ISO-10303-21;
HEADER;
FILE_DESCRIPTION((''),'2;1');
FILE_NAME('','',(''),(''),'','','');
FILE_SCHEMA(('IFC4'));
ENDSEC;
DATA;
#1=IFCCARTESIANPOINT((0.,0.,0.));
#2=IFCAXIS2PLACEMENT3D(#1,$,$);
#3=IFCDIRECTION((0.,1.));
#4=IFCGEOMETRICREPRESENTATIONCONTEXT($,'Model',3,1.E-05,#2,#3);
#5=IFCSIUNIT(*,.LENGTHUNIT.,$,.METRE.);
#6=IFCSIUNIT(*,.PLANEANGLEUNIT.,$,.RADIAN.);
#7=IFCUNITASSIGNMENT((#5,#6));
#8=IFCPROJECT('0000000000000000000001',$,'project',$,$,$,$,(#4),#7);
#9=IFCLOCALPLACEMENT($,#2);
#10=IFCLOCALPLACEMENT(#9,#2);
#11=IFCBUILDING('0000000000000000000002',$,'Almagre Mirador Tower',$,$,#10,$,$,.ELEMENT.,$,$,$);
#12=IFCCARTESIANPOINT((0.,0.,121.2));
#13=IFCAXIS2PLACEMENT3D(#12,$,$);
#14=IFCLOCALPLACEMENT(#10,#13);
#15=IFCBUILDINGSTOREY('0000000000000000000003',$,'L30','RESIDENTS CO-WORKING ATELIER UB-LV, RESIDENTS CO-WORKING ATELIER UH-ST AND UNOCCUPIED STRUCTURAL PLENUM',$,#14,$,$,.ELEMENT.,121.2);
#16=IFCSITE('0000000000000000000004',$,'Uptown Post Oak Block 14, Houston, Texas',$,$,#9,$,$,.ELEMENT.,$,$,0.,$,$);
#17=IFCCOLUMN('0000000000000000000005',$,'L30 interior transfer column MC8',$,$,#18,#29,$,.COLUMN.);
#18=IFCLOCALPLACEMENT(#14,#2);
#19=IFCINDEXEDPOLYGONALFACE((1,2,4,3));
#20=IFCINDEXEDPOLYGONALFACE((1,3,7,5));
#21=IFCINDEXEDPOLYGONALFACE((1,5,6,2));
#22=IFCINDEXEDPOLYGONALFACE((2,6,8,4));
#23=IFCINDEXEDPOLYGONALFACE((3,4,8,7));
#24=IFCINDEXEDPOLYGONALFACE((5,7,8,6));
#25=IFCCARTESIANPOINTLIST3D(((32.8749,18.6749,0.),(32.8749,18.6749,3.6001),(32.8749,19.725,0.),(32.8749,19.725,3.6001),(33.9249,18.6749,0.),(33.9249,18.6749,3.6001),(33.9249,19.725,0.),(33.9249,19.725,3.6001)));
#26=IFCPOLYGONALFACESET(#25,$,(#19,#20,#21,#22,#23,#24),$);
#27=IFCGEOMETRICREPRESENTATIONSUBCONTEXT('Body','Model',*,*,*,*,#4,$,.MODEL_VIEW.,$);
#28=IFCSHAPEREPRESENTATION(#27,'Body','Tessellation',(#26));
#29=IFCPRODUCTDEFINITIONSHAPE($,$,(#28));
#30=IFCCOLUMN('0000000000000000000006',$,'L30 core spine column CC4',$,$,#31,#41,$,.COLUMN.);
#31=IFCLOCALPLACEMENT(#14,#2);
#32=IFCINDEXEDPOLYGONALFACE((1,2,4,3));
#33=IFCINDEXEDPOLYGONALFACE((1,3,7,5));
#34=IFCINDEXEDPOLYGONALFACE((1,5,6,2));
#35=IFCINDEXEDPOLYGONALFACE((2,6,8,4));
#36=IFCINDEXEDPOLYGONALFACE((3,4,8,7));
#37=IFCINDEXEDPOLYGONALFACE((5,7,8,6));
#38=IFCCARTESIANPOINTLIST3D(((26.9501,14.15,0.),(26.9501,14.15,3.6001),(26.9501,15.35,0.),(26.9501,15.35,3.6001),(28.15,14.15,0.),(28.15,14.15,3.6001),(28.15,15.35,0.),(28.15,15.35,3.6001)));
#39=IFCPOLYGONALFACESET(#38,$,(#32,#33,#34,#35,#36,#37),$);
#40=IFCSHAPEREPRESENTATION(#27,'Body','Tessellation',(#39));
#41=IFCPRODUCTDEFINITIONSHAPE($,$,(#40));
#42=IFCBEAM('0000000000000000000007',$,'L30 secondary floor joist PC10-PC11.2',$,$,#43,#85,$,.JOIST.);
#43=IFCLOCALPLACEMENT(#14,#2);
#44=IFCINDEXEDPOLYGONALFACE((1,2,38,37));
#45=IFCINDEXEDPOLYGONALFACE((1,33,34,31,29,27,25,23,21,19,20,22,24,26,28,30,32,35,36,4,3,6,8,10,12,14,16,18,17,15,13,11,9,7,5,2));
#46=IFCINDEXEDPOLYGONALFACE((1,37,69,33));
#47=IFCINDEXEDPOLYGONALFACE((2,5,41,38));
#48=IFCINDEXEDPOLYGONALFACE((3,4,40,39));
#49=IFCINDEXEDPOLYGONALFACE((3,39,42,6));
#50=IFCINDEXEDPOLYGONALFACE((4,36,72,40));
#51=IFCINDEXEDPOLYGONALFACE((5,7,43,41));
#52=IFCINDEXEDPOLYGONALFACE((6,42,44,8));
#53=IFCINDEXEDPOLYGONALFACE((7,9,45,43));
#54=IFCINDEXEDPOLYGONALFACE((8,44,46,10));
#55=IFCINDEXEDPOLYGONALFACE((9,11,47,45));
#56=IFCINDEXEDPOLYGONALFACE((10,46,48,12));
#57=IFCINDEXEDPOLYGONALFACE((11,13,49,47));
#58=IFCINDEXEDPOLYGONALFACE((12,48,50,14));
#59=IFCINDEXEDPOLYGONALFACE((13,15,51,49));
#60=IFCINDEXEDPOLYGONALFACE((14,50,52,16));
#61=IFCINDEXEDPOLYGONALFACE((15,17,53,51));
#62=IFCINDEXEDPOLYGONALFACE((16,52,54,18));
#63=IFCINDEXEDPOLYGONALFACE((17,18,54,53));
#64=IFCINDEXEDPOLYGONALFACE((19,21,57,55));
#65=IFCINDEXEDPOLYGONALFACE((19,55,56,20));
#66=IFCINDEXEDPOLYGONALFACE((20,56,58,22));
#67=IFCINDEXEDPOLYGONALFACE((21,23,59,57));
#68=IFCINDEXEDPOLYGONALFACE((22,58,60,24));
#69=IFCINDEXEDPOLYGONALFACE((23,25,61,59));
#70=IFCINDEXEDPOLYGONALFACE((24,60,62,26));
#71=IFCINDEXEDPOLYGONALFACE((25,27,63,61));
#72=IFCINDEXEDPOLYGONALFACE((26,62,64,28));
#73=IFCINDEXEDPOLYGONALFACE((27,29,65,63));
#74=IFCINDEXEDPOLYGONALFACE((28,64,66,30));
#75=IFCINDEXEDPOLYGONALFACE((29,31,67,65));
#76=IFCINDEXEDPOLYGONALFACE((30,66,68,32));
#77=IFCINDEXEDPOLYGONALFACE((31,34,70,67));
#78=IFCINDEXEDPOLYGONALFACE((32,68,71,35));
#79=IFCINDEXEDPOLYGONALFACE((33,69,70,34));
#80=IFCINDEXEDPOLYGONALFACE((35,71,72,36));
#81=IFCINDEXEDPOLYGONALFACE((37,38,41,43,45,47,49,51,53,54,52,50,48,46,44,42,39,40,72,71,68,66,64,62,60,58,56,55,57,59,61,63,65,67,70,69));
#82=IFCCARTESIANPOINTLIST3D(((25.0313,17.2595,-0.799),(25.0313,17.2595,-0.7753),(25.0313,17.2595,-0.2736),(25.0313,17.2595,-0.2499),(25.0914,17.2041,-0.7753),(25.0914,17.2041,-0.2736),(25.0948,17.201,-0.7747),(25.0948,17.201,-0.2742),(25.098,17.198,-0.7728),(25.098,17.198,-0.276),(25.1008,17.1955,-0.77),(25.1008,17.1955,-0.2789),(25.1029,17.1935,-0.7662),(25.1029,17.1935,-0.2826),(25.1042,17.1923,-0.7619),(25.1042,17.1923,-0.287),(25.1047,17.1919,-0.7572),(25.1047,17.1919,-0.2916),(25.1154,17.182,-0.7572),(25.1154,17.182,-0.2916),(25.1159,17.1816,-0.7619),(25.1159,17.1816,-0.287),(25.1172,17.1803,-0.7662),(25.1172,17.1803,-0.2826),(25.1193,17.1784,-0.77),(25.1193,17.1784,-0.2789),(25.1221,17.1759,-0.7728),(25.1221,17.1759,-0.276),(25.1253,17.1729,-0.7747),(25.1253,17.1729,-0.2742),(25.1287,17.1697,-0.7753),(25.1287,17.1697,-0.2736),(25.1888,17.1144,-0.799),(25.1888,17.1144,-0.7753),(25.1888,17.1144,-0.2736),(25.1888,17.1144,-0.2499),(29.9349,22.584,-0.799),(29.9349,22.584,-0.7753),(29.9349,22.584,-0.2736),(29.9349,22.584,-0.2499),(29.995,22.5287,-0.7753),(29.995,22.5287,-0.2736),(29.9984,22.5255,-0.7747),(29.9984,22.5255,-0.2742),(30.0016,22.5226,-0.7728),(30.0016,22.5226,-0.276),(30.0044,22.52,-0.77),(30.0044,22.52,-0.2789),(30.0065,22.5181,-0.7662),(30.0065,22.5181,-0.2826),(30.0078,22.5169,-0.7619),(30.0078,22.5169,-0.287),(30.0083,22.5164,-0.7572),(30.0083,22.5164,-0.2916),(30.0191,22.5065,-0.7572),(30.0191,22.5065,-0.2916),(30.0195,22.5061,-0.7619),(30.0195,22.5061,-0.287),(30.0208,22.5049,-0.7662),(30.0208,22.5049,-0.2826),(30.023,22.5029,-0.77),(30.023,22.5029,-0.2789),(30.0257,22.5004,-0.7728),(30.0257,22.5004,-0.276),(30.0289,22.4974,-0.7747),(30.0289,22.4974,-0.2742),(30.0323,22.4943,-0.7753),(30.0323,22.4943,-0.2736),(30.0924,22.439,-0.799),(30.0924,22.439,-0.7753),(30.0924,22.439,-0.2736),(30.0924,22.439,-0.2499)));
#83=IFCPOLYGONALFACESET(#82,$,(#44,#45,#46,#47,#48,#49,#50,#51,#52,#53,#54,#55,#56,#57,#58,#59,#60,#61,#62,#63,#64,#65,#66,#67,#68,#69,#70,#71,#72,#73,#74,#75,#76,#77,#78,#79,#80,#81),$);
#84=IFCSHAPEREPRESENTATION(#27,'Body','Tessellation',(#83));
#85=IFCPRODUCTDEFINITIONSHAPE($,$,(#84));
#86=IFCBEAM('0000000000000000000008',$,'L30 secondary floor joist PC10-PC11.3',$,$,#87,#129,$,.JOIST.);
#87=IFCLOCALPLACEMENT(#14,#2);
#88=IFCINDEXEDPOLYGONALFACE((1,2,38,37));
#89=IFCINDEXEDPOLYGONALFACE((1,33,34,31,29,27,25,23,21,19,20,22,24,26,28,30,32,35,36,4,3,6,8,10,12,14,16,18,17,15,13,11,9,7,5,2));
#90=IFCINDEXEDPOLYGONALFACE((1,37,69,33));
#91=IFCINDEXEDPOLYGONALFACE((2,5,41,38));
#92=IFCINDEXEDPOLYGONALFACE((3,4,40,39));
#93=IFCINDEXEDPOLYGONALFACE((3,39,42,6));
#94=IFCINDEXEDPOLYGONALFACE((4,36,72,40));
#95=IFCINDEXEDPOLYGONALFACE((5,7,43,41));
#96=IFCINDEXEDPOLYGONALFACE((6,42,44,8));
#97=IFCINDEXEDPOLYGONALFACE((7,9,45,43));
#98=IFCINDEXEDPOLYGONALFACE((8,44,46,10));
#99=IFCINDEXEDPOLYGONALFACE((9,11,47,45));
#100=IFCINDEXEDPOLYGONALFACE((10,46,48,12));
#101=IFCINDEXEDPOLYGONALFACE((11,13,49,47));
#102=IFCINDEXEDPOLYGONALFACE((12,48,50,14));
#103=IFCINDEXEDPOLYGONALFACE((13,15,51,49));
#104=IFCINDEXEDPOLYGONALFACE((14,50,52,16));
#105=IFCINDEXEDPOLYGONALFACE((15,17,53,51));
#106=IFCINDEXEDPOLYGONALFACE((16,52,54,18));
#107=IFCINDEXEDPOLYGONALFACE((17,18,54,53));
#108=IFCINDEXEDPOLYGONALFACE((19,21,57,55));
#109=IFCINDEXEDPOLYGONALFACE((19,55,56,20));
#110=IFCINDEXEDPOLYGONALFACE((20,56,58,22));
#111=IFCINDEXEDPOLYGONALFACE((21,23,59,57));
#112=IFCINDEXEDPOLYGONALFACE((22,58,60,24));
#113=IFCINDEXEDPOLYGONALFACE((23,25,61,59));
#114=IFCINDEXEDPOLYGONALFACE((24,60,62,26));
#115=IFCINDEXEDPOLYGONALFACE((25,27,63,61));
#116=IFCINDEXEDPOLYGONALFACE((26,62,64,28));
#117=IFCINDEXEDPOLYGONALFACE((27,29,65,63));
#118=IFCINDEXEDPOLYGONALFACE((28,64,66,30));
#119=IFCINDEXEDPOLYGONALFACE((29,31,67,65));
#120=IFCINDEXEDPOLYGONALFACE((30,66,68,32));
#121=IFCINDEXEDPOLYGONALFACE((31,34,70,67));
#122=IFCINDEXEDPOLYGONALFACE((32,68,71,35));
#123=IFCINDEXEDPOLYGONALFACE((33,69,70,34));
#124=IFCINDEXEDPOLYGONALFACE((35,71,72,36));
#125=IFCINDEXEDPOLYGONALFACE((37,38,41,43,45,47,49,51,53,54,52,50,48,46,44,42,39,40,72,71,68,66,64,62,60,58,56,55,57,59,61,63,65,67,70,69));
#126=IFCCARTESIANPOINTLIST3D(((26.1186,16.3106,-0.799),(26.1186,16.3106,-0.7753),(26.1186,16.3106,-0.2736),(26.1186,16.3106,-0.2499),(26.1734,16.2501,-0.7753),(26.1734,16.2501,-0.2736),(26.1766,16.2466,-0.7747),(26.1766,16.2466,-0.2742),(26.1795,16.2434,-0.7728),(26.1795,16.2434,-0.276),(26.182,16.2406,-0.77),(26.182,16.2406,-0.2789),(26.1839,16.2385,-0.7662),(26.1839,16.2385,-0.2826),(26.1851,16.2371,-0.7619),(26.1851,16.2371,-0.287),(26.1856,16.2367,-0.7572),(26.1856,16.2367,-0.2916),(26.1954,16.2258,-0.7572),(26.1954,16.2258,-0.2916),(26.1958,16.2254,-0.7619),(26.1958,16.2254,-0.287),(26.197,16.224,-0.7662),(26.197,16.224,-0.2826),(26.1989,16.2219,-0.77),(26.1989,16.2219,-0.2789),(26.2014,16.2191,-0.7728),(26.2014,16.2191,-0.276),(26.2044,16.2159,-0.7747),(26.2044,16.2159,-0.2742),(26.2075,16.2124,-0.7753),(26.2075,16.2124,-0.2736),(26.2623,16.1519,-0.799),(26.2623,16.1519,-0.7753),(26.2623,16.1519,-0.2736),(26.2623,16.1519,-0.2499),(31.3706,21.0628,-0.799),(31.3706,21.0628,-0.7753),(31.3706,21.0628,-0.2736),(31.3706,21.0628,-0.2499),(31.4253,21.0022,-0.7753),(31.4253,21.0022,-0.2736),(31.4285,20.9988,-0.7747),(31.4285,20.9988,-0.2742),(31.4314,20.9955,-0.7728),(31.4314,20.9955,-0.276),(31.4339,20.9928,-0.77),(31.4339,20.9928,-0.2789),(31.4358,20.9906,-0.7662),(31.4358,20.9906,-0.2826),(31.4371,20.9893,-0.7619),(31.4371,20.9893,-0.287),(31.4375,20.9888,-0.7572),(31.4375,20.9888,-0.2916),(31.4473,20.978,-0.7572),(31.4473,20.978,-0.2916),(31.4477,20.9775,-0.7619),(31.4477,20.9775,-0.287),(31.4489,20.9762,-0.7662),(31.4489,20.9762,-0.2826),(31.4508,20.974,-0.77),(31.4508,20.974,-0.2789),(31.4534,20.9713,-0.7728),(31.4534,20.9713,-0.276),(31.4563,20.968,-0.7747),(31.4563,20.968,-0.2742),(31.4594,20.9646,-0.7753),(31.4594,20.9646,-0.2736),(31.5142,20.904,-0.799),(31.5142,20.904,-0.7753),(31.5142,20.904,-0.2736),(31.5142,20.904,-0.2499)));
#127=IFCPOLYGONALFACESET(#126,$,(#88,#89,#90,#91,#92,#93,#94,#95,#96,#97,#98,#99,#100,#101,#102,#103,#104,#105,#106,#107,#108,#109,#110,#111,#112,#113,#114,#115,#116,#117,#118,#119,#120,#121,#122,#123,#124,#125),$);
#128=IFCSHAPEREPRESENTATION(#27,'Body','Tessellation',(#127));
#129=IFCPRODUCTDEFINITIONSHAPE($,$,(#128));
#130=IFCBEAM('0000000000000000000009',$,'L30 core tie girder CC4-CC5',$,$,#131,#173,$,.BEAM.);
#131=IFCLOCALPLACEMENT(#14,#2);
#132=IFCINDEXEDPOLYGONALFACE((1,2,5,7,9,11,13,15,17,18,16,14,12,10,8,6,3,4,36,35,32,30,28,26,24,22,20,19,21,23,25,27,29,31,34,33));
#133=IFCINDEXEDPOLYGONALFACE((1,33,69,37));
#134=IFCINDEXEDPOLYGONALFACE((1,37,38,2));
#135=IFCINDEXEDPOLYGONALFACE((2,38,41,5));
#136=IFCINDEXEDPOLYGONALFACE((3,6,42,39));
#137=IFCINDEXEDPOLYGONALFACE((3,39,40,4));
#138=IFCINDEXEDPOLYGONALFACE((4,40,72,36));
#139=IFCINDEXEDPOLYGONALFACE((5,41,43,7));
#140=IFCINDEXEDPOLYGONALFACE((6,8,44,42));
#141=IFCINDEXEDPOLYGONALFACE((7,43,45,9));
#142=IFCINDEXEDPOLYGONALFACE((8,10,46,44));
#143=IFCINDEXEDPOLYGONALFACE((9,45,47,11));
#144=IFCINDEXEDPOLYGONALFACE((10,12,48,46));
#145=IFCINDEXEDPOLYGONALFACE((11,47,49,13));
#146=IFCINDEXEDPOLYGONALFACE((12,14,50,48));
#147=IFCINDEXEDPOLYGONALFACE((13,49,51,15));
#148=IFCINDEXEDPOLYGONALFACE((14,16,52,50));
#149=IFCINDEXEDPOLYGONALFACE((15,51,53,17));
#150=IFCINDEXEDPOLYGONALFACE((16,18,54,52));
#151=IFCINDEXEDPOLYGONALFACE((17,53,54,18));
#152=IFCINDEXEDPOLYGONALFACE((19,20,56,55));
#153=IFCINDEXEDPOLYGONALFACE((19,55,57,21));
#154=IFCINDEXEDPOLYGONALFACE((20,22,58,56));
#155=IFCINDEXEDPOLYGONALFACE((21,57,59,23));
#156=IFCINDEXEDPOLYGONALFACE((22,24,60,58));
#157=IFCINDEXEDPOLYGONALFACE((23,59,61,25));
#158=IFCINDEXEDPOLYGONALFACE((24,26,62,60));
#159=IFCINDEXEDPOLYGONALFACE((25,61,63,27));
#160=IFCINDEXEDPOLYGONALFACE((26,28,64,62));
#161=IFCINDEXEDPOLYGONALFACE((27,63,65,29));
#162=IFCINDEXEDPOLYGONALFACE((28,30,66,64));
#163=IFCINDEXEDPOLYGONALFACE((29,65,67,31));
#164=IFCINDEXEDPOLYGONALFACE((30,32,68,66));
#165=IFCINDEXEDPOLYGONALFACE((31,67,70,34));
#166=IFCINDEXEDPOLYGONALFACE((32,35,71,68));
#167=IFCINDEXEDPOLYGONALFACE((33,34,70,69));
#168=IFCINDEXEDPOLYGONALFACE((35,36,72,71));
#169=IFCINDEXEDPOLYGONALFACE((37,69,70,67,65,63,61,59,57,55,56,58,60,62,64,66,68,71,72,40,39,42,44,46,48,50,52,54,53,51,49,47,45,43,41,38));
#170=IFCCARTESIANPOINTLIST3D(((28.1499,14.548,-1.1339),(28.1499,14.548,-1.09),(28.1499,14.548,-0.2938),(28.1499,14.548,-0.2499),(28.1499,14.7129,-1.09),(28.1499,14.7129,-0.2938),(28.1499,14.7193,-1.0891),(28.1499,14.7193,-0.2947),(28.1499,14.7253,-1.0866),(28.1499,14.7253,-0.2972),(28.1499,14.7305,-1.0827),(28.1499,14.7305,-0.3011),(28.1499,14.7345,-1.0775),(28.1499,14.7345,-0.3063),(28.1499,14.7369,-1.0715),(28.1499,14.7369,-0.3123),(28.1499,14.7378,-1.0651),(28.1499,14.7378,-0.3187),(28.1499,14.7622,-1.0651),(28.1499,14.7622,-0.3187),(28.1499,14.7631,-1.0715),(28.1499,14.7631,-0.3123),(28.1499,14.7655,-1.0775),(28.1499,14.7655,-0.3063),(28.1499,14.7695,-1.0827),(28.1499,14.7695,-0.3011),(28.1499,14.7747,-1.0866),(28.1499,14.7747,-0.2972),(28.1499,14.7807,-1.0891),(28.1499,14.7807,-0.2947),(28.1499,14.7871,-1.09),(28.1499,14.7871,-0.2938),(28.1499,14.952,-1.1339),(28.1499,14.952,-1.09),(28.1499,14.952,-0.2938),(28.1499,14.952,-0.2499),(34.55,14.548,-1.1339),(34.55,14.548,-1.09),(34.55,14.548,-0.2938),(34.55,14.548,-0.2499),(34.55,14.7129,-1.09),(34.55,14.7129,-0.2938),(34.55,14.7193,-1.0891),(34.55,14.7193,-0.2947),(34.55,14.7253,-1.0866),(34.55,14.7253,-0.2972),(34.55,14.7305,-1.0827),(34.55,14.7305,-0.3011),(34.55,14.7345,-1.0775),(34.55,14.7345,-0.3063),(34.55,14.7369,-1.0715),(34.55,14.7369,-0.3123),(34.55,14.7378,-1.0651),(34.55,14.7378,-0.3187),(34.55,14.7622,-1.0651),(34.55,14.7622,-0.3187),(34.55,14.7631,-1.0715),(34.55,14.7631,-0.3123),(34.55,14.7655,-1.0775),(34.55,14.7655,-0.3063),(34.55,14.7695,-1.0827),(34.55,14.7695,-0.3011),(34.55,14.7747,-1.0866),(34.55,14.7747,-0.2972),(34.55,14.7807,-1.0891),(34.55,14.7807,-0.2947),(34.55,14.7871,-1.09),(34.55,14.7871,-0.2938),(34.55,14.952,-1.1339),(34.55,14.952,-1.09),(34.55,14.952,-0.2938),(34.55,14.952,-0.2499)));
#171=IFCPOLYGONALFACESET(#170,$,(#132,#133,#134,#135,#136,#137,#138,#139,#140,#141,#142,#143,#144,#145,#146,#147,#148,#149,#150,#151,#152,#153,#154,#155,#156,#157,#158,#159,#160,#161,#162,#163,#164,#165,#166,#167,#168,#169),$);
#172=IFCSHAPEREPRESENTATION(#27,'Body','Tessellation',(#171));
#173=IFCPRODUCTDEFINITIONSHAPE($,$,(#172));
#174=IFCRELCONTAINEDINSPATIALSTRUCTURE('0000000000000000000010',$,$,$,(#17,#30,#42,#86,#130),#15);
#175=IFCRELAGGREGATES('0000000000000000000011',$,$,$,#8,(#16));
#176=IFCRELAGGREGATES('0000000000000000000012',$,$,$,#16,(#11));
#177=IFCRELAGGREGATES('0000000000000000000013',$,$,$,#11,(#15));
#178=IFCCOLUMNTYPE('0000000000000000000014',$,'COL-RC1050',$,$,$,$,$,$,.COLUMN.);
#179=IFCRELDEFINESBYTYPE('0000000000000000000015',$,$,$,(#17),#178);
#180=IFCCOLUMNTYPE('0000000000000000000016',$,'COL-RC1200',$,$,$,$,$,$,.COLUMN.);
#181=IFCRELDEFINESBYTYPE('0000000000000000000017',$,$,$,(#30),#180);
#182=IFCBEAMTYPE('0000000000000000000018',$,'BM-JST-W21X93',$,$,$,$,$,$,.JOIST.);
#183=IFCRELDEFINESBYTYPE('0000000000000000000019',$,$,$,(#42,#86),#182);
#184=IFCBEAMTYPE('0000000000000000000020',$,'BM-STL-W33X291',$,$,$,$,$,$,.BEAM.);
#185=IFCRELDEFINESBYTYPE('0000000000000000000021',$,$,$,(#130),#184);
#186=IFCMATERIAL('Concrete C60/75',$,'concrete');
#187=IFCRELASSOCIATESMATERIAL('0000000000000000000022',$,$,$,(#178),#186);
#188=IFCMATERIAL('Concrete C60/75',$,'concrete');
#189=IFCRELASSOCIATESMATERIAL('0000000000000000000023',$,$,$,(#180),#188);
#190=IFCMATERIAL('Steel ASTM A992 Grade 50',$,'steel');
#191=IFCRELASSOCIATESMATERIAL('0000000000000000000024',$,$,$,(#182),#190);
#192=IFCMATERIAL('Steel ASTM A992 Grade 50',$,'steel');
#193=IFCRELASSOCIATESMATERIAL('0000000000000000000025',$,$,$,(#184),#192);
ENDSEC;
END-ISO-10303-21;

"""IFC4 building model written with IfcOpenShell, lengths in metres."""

from ifc_helpers import new_model, si_unit, direction, frame, origin, origin_2d, place, context, subcontext, project, spatial, rectangle, i_section, extrude, material, material_profile, profile_set, type_object, element, save


model = new_model("IFC4")

# Units and contexts
model_context = context("Model", 3, precision=1e-05, world=origin(), true_north=direction((0.0, 1.0)))
body_context = subcontext(model_context, "Body", "Model", "MODEL_VIEW")
ifc_project = project(units=[si_unit("LENGTHUNIT", "METRE"), si_unit("PLANEANGLEUNIT", "RADIAN")], contexts=[model_context])

# Site, building, storey
site_placement = place(None, origin())
site = spatial("IfcSite", under=ifc_project, at=site_placement, Name="Uptown Post Oak Block 14, Houston, Texas", CompositionType="ELEMENT", RefElevation=0.0)
building_placement = place(site_placement, origin())
building = spatial("IfcBuilding", under=site, at=building_placement, Name="Almagre Mirador Tower", CompositionType="ELEMENT")
storey_placement = place(building_placement, frame((0.0, 0.0, 121.2)))
storey = spatial("IfcBuildingStorey", under=building, at=storey_placement, Name="L30", Description="RESIDENTS CO-WORKING ATELIER UB-LV, RESIDENTS CO-WORKING ATELIER UH-ST AND UNOCCUPIED STRUCTURAL PLENUM", CompositionType="ELEMENT", Elevation=121.2)

# Columns
ifc_material_1 = material(Name="Concrete C60/75", Category="concrete")
ifc_material_profile_1 = material_profile(ifc_material_1, rectangle(XDim=1.05, YDim=1.05, at=origin_2d()), Name="RC1050X1050")
ifc_profile_set_1 = profile_set([ifc_material_profile_1], Name="Concrete C60/75")
column_type_1 = type_object("IfcColumnType", Name="COL-RC1050", PredefinedType="COLUMN", material=ifc_profile_set_1)
column_1_placement = place(storey_placement, frame((33.3999, 19.2, 0.0), z_axis=(0.0, 0.0, 1.0), x_axis=(1.0, 0.0, 0.0)))
element("IfcColumn", 1, at=column_1_placement, inside=storey, type_object=column_type_1, Name="L30 interior transfer column MC8", PredefinedType="COLUMN", context=body_context, shape_type="SweptSolid", body=[
    extrude(rectangle(XDim=1.05, YDim=1.05, at=origin_2d()), origin(), (0.0, 0.0, 1.0), 3.6001),
])
ifc_material_2 = material(Name="Concrete C60/75", Category="concrete")
ifc_material_profile_2 = material_profile(ifc_material_2, rectangle(XDim=1.2, YDim=1.2, at=origin_2d()), Name="RC1200X1200")
ifc_profile_set_2 = profile_set([ifc_material_profile_2], Name="Concrete C60/75")
column_type_2 = type_object("IfcColumnType", Name="COL-RC1200", PredefinedType="COLUMN", material=ifc_profile_set_2)
column_2_placement = place(storey_placement, frame((27.55, 14.75, 0.0), z_axis=(0.0, 0.0, 1.0), x_axis=(1.0, 0.0, 0.0)))
element("IfcColumn", 2, at=column_2_placement, inside=storey, type_object=column_type_2, Name="L30 core spine column CC4", PredefinedType="COLUMN", context=body_context, shape_type="SweptSolid", body=[
    extrude(rectangle(XDim=1.2, YDim=1.2, at=origin_2d()), origin(), (0.0, 0.0, 1.0), 3.6001),
])

# Beams
ifc_material_3 = material(Name="Steel ASTM A992 Grade 50", Category="steel")
ifc_material_profile_3 = material_profile(ifc_material_3, i_section(OverallWidth=0.2141, OverallDepth=0.5491, WebThickness=0.0146, FlangeThickness=0.0237, FilletRadius=0.0181, at=origin_2d()), Name="W21X93")
ifc_profile_set_3 = profile_set([ifc_material_profile_3], Name="Steel ASTM A992 Grade 50")
beam_type_1 = type_object("IfcBeamType", Name="BM-JST-W21X93", PredefinedType="JOIST", material=ifc_profile_set_3)
beam_1_placement = place(storey_placement, frame((30.0137, 22.5115, -0.5244), z_axis=(-0.677435, -0.735583, 0.0), x_axis=(0.735583, -0.677435, 0.0)))
element("IfcBeam", 3, at=beam_1_placement, inside=storey, type_object=beam_type_1, Name="L30 secondary floor joist PC10-PC11.2", PredefinedType="JOIST", context=body_context, shape_type="SweptSolid", body=[
    extrude(i_section(OverallWidth=0.2141, OverallDepth=0.5491, WebThickness=0.0146, FlangeThickness=0.0237, FilletRadius=0.0181, at=origin_2d()), origin(), (0.0, 0.0, 1.0), 7.2385),
])
beam_2_placement = place(storey_placement, frame((31.4424, 20.9834, -0.5244), z_axis=(-0.741506, -0.670947, 0.0), x_axis=(0.670947, -0.741506, 0.0)))
element("IfcBeam", 4, at=beam_2_placement, inside=storey, type_object=beam_type_1, Name="L30 secondary floor joist PC10-PC11.3", PredefinedType="JOIST", context=body_context, shape_type="SweptSolid", body=[
    extrude(i_section(OverallWidth=0.2141, OverallDepth=0.5491, WebThickness=0.0146, FlangeThickness=0.0237, FilletRadius=0.0181, at=origin_2d()), origin(), (0.0, 0.0, 1.0), 7.0828),
])
ifc_material_4 = material(Name="Steel ASTM A992 Grade 50", Category="steel")
ifc_material_profile_4 = material_profile(ifc_material_4, i_section(OverallWidth=0.4041, OverallDepth=0.884, WebThickness=0.0244, FlangeThickness=0.0439, FilletRadius=0.0249, at=origin_2d()), Name="W33X291")
ifc_profile_set_4 = profile_set([ifc_material_profile_4], Name="Steel ASTM A992 Grade 50")
beam_type_2 = type_object("IfcBeamType", Name="BM-STL-W33X291", PredefinedType="BEAM", material=ifc_profile_set_4)
beam_3_placement = place(storey_placement, frame((28.1499, 14.75, -0.6919), z_axis=(1.0, 0.0, 0.0), x_axis=(0.0, 1.0, 0.0)))
element("IfcBeam", 5, at=beam_3_placement, inside=storey, type_object=beam_type_2, Name="L30 core tie girder CC4-CC5", PredefinedType="BEAM", context=body_context, shape_type="SweptSolid", body=[
    extrude(i_section(OverallWidth=0.4041, OverallDepth=0.884, WebThickness=0.0244, FlangeThickness=0.0439, FilletRadius=0.0249, at=origin_2d()), origin(), (0.0, 0.0, 1.0), 6.4001),
])

save(model, "model.ifc")
